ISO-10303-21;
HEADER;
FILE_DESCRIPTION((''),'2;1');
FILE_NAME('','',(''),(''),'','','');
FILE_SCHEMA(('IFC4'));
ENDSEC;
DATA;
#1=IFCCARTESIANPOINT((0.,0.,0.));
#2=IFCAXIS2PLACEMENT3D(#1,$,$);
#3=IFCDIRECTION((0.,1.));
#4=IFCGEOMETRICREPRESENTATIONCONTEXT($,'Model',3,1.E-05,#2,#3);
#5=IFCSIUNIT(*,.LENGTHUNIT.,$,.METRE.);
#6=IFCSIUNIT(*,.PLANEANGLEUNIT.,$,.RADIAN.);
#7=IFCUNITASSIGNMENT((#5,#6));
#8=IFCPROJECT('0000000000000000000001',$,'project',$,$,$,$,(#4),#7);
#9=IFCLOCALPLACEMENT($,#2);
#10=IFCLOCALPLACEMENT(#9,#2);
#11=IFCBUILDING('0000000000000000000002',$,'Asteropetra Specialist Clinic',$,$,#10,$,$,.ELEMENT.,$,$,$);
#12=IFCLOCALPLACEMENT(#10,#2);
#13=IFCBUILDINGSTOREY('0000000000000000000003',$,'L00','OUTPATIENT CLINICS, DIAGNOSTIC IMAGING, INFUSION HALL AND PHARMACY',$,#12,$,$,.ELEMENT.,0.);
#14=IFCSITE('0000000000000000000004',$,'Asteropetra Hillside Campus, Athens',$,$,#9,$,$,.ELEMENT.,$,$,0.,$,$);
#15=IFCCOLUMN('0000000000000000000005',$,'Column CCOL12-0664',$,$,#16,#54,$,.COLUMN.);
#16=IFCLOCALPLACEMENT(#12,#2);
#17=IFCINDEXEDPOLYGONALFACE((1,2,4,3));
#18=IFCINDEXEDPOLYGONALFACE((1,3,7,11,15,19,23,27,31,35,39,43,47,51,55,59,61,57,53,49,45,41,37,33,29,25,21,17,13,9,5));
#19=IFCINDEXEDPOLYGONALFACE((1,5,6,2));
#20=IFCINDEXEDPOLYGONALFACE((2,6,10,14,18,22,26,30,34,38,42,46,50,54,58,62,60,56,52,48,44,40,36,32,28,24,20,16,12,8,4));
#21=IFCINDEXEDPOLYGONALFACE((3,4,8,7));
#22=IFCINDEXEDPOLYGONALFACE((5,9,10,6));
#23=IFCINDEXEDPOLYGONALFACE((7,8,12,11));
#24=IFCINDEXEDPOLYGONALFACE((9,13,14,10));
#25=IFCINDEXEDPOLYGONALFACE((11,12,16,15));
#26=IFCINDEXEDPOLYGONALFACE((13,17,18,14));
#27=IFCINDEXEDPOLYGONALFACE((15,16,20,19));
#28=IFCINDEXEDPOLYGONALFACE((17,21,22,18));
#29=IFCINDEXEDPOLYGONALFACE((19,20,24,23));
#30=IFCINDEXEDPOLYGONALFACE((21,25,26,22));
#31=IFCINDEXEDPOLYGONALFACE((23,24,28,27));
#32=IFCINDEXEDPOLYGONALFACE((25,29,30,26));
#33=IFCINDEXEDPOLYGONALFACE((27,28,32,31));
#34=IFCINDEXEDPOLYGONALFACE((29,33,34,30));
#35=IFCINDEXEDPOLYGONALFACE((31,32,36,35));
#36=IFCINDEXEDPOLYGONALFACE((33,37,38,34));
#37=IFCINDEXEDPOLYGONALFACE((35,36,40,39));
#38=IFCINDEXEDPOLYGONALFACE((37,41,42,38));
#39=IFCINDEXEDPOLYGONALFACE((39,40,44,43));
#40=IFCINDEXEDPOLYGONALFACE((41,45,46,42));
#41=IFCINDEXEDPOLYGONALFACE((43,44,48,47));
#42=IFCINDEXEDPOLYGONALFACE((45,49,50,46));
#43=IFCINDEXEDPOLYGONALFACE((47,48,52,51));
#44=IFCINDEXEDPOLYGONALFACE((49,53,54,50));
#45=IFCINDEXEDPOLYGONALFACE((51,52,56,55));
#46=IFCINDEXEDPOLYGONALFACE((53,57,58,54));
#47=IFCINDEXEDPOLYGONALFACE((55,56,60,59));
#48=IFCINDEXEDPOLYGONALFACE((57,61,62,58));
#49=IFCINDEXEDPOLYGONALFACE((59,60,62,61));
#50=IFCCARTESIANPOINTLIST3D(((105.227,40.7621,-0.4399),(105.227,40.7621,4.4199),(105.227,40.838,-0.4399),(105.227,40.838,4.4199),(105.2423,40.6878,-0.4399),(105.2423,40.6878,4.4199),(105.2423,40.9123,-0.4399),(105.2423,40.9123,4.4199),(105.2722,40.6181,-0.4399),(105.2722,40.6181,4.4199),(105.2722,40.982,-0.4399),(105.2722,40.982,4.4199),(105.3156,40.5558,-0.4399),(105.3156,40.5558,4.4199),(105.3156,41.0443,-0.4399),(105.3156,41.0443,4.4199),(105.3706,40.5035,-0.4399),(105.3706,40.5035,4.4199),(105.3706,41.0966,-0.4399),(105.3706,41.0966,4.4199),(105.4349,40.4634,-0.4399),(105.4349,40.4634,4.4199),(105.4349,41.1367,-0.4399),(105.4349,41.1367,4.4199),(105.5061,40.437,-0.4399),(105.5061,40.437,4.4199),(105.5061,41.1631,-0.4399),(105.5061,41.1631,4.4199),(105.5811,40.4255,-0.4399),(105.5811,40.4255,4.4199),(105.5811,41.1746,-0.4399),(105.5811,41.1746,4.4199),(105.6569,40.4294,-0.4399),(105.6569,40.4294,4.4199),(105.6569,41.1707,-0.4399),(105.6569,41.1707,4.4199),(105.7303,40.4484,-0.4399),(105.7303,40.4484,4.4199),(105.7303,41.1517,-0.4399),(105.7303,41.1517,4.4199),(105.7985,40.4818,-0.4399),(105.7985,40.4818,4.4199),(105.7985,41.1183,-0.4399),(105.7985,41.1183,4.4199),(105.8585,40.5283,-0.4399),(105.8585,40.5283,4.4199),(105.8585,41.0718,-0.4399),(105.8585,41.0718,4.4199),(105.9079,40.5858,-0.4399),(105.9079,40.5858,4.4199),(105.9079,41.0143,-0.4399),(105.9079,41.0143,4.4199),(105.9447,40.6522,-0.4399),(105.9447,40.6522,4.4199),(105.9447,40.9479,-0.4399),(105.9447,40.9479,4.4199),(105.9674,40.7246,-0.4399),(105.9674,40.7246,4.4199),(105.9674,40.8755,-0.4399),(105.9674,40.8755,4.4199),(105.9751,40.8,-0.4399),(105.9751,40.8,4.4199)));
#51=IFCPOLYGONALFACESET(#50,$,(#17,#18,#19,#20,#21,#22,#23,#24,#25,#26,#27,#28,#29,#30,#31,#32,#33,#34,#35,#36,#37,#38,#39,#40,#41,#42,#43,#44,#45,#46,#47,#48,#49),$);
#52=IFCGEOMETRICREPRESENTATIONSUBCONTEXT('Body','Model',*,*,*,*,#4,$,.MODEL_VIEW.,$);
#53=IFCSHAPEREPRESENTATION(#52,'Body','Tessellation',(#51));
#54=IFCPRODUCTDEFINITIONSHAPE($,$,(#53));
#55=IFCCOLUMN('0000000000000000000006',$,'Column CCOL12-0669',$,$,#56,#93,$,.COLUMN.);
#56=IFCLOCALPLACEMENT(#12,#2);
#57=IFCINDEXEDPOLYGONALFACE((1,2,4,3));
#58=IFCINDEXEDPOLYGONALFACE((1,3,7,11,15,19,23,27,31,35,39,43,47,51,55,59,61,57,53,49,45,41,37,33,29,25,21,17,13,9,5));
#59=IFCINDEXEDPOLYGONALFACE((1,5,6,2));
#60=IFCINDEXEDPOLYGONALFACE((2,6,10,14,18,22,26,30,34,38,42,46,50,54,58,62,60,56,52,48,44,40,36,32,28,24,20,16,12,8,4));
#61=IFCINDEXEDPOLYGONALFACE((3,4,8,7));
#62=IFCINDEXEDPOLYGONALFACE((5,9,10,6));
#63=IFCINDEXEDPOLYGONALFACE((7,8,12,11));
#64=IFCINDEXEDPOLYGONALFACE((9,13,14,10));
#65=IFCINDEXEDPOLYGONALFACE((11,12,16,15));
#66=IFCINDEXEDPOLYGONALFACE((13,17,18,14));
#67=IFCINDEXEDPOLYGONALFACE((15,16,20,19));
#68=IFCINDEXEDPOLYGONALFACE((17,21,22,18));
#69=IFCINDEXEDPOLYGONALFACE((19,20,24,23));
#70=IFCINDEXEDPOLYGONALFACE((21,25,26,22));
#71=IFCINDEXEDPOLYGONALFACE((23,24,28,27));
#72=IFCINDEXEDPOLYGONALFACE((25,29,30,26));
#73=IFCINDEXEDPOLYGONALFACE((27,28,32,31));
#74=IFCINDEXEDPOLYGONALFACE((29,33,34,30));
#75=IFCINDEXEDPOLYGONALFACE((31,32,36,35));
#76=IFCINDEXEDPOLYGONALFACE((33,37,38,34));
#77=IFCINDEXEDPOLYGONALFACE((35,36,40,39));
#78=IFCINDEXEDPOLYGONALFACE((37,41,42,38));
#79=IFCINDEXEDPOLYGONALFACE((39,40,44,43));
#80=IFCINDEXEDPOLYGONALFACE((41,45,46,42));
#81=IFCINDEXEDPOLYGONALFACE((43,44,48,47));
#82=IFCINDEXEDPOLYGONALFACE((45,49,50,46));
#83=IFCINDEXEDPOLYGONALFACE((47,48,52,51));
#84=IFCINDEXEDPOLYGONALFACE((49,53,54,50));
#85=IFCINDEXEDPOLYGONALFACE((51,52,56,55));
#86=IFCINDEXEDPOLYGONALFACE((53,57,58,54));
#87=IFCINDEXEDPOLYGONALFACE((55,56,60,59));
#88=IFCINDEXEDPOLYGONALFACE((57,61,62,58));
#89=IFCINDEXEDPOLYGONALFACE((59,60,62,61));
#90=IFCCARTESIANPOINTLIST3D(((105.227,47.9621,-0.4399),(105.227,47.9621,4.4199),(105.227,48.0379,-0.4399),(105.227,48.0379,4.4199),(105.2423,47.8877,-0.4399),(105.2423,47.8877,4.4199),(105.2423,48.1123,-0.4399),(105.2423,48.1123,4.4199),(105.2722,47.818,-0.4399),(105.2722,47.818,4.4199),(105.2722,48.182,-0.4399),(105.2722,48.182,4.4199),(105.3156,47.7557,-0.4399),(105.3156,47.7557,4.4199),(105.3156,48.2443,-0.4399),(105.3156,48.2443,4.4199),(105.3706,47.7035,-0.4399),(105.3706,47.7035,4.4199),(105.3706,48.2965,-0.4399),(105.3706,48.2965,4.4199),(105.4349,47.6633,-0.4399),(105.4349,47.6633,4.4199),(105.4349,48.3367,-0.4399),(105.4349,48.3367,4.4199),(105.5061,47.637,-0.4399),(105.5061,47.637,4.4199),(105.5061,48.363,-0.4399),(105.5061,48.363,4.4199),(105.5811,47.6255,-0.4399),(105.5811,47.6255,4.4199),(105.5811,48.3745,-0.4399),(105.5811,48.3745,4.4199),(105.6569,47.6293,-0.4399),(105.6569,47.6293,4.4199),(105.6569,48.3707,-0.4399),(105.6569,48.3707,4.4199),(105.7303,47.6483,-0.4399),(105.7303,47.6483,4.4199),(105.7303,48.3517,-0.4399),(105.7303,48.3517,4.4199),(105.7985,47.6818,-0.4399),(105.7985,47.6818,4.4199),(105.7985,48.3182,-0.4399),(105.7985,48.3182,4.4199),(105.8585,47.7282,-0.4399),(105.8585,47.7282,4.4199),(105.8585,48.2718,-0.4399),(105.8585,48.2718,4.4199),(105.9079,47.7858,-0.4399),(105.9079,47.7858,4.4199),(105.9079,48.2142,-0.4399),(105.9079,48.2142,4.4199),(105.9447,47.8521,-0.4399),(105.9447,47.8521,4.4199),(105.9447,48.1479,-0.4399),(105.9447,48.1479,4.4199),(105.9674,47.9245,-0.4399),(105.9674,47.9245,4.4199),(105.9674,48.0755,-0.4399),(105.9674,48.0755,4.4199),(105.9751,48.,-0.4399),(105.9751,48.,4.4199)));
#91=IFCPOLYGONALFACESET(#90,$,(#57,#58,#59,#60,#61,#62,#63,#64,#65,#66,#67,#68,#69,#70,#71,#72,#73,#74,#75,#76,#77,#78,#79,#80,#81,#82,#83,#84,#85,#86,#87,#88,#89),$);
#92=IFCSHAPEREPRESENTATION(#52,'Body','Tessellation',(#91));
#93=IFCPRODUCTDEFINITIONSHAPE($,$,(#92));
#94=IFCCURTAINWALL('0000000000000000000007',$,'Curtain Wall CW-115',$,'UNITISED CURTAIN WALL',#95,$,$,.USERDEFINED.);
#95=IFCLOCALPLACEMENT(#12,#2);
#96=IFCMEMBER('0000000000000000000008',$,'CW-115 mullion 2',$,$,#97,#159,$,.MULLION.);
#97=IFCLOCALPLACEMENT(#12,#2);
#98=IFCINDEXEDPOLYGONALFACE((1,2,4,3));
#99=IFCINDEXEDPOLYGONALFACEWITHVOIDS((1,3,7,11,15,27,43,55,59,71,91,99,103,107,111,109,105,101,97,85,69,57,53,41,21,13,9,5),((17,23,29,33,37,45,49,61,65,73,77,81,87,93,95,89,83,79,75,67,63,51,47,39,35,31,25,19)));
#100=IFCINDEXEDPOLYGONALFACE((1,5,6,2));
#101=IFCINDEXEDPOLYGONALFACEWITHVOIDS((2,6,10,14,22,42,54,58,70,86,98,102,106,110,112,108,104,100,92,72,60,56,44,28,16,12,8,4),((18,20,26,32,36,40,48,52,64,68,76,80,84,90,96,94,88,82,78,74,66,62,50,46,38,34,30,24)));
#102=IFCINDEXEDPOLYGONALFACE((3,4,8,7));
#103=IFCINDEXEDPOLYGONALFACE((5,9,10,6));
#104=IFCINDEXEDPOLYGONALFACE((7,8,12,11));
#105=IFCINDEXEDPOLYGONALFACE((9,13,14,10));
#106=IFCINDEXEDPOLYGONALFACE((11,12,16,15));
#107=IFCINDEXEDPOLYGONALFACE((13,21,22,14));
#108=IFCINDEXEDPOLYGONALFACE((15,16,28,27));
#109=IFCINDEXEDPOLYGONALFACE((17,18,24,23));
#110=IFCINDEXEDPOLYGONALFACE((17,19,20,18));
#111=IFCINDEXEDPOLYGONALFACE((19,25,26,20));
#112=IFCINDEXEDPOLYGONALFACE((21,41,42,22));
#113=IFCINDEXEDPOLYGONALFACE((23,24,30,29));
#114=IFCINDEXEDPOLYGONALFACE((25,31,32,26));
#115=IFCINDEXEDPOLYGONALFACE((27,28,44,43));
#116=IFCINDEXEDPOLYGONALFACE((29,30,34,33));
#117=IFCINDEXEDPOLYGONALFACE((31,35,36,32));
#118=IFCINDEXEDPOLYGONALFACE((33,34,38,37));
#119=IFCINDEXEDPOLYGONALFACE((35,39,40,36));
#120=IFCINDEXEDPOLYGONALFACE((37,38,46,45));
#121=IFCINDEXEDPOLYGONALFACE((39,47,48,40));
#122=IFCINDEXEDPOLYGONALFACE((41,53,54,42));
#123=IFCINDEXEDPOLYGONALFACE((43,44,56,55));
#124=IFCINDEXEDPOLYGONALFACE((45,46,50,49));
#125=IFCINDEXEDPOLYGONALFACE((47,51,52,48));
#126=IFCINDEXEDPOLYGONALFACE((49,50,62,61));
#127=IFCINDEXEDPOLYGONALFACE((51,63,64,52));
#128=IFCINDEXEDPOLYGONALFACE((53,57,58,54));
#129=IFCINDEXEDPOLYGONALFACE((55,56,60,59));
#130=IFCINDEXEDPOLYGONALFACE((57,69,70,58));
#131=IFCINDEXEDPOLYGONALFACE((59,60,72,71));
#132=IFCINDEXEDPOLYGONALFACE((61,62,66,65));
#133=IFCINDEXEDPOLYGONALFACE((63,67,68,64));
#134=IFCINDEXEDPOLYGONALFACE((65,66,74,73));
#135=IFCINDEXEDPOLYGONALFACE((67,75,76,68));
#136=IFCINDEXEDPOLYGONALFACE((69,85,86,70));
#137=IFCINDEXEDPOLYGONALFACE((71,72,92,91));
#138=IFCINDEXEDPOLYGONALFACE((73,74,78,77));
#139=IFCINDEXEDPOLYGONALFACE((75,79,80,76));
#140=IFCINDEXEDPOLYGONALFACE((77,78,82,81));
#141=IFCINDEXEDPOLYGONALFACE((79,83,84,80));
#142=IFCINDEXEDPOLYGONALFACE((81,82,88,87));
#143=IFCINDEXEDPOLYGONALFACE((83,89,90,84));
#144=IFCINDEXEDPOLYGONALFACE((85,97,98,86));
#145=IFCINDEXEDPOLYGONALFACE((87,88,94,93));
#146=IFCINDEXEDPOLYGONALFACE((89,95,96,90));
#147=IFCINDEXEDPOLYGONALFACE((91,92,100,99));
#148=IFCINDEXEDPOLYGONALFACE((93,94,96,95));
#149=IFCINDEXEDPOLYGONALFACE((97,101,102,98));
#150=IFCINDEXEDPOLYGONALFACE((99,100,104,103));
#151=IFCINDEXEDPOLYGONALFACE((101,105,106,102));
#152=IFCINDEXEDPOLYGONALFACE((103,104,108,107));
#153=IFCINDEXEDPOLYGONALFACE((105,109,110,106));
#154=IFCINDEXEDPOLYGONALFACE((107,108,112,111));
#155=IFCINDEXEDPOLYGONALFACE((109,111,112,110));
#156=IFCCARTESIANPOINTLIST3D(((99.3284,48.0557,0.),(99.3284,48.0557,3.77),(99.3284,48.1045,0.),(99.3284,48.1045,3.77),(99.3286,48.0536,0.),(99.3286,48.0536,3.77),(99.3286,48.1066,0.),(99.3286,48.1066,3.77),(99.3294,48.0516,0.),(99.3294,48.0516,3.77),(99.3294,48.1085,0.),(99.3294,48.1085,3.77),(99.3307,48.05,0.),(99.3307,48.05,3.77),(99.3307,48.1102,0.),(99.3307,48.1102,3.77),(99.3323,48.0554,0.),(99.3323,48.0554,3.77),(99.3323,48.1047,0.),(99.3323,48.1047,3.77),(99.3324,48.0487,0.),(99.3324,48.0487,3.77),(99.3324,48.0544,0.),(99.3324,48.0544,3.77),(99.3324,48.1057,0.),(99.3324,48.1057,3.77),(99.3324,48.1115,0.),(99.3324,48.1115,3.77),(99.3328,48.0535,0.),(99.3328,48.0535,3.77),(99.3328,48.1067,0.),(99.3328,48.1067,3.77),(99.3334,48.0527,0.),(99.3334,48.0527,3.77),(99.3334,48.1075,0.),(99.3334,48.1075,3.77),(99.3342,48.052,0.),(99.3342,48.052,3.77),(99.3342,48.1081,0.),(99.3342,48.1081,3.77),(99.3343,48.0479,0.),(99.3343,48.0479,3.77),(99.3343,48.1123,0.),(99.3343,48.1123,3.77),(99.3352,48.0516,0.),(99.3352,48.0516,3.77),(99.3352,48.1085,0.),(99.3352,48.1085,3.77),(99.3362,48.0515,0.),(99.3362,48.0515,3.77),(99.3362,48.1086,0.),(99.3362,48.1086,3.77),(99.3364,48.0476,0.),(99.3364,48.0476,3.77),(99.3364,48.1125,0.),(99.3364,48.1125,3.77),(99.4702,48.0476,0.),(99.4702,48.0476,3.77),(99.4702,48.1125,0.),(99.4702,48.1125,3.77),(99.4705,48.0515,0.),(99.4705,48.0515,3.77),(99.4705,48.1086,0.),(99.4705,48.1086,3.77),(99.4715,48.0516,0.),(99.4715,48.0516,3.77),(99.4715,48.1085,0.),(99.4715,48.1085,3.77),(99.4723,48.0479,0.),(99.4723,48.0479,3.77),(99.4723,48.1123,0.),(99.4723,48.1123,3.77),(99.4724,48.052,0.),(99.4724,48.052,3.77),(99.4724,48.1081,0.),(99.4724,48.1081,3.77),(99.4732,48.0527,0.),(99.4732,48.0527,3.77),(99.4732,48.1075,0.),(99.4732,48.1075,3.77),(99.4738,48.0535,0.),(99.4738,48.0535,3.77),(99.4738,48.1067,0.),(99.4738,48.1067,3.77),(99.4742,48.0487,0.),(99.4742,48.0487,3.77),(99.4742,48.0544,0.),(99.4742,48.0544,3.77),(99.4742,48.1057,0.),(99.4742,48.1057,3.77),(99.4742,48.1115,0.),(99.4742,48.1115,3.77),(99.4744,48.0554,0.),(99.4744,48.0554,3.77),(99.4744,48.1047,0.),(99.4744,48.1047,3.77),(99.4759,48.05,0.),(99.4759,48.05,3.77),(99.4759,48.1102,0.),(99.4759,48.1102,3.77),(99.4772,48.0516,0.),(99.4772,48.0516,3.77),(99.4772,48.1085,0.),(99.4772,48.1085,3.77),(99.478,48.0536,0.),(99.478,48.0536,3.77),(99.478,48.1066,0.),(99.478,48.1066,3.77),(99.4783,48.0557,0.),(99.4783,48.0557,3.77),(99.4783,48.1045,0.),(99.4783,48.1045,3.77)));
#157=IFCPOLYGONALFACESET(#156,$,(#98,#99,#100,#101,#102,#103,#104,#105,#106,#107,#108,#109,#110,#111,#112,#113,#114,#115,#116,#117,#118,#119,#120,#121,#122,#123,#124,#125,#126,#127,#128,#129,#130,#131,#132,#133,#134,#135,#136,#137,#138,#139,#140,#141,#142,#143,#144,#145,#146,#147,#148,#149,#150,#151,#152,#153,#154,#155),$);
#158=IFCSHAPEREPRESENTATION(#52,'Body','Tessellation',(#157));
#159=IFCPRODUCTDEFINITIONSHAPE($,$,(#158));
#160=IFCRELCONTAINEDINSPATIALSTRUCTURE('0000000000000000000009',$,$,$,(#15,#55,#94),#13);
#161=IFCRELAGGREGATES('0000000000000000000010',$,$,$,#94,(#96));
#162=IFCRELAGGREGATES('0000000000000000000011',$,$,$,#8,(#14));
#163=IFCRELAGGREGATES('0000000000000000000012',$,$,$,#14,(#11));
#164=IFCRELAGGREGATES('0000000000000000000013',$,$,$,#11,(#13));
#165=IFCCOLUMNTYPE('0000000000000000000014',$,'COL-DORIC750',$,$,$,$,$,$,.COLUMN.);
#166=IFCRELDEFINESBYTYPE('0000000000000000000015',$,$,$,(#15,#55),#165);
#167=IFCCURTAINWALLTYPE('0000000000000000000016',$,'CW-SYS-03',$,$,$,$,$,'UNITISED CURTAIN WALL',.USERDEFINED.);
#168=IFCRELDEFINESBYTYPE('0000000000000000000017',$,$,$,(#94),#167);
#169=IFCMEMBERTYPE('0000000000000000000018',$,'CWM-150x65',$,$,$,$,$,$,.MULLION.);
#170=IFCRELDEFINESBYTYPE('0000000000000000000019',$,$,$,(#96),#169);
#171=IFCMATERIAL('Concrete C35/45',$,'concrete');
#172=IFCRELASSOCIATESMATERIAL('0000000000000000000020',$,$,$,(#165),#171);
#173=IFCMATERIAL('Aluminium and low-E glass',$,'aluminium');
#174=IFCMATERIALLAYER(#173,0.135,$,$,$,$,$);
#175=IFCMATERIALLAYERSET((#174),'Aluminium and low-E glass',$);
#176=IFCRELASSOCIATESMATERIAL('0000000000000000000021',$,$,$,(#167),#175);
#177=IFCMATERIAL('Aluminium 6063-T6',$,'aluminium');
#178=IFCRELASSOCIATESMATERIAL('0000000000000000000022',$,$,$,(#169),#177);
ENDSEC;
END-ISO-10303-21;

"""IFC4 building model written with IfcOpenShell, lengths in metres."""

from ifc_helpers import new_model, si_unit, direction, frame, origin, origin_2d, place, context, subcontext, project, spatial, hollow_rectangle, circle, extrude, material, layer, layer_set, material_profile, profile_set, type_object, element, aggregate, save


model = new_model("IFC4")

# Units and contexts
model_context = context("Model", 3, precision=1e-05, world=origin(), true_north=direction((0.0, 1.0)))
body_context = subcontext(model_context, "Body", "Model", "MODEL_VIEW")
ifc_project = project(units=[si_unit("LENGTHUNIT", "METRE"), si_unit("PLANEANGLEUNIT", "RADIAN")], contexts=[model_context])

# Site, building, storey
site_placement = place(None, origin())
site = spatial("IfcSite", under=ifc_project, at=site_placement, Name="Asteropetra Hillside Campus, Athens", CompositionType="ELEMENT", RefElevation=0.0)
building_placement = place(site_placement, origin())
building = spatial("IfcBuilding", under=site, at=building_placement, Name="Asteropetra Specialist Clinic", CompositionType="ELEMENT")
storey_placement = place(building_placement, origin())
storey = spatial("IfcBuildingStorey", under=building, at=storey_placement, Name="L00", Description="OUTPATIENT CLINICS, DIAGNOSTIC IMAGING, INFUSION HALL AND PHARMACY", CompositionType="ELEMENT", Elevation=0.0)

# Columns
ifc_material_1 = material(Name="Concrete C35/45", Category="concrete")
ifc_material_profile_1 = material_profile(ifc_material_1, circle(Radius=0.375, at=origin_2d()), Name="RCC D750")
ifc_profile_set_1 = profile_set([ifc_material_profile_1], Name="Concrete C35/45")
column_type = type_object("IfcColumnType", Name="COL-DORIC750", PredefinedType="COLUMN", material=ifc_profile_set_1)
for number, where, z_axis, x_axis, name in (
    (1, (105.6001, 40.8, -0.4399), (0.0, 0.0, 1.0), (1.0, 0.0, 0.0), "Column CCOL12-0664"),
    (2, (105.6001, 48.0, -0.4399), (0.0, 0.0, 1.0), (1.0, 0.0, 0.0), "Column CCOL12-0669"),
):
    element("IfcColumn", number, at=place(storey_placement, frame(where, z_axis=z_axis, x_axis=x_axis)), inside=storey, type_object=column_type, Name=name, PredefinedType="COLUMN", context=body_context, shape_type="SweptSolid", body=[
        extrude(circle(Radius=0.375, at=origin_2d()), origin(), (0.0, 0.0, 1.0), 4.8599),
    ])

# Curtain wall, member
ifc_material_2 = material(Name="Aluminium and low-E glass", Category="aluminium")
ifc_layer_1 = layer(ifc_material_2, 0.135)
ifc_layer_set_1 = layer_set([ifc_layer_1], Name="Aluminium and low-E glass")
curtain_wall_type_1 = type_object("IfcCurtainWallType", Name="CW-SYS-03", ElementType="UNITISED CURTAIN WALL", PredefinedType="USERDEFINED", material=ifc_layer_set_1)
curtain_wall_1_placement = place(storey_placement, origin())
curtain_wall_1 = element("IfcCurtainWall", 3, at=curtain_wall_1_placement, inside=storey, type_object=curtain_wall_type_1, Name="Curtain Wall CW-115", ObjectType="UNITISED CURTAIN WALL", PredefinedType="USERDEFINED")
ifc_material_3 = material(Name="Aluminium 6063-T6", Category="aluminium")
ifc_material_profile_2 = material_profile(ifc_material_3, hollow_rectangle(XDim=0.0649, YDim=0.1499, WallThickness=0.0039, InnerFilletRadius=0.0039, OuterFilletRadius=0.0081, at=origin_2d()), Name="MUL 150x65x4.0")
ifc_profile_set_2 = profile_set([ifc_material_profile_2], Name="Aluminium 6063-T6")
member_type_1 = type_object("IfcMemberType", Name="CWM-150x65", PredefinedType="MULLION", material=ifc_profile_set_2)
member_1_placement = place(storey_placement, frame((99.4033, 48.0801, 0.0), z_axis=(0.0, 0.0, 1.0), x_axis=(0.0, 1.0, 0.0)))
member_1 = element("IfcMember", 4, at=member_1_placement, type_object=member_type_1, Name="CW-115 mullion 2", PredefinedType="MULLION", context=body_context, shape_type="SweptSolid", body=[
    extrude(hollow_rectangle(XDim=0.0649, YDim=0.1499, WallThickness=0.0039, InnerFilletRadius=0.0039, OuterFilletRadius=0.0081, at=origin_2d()), origin(), (0.0, 0.0, 1.0), 3.77),
])

aggregate(curtain_wall_1, [member_1])

save(model, "model.ifc")
